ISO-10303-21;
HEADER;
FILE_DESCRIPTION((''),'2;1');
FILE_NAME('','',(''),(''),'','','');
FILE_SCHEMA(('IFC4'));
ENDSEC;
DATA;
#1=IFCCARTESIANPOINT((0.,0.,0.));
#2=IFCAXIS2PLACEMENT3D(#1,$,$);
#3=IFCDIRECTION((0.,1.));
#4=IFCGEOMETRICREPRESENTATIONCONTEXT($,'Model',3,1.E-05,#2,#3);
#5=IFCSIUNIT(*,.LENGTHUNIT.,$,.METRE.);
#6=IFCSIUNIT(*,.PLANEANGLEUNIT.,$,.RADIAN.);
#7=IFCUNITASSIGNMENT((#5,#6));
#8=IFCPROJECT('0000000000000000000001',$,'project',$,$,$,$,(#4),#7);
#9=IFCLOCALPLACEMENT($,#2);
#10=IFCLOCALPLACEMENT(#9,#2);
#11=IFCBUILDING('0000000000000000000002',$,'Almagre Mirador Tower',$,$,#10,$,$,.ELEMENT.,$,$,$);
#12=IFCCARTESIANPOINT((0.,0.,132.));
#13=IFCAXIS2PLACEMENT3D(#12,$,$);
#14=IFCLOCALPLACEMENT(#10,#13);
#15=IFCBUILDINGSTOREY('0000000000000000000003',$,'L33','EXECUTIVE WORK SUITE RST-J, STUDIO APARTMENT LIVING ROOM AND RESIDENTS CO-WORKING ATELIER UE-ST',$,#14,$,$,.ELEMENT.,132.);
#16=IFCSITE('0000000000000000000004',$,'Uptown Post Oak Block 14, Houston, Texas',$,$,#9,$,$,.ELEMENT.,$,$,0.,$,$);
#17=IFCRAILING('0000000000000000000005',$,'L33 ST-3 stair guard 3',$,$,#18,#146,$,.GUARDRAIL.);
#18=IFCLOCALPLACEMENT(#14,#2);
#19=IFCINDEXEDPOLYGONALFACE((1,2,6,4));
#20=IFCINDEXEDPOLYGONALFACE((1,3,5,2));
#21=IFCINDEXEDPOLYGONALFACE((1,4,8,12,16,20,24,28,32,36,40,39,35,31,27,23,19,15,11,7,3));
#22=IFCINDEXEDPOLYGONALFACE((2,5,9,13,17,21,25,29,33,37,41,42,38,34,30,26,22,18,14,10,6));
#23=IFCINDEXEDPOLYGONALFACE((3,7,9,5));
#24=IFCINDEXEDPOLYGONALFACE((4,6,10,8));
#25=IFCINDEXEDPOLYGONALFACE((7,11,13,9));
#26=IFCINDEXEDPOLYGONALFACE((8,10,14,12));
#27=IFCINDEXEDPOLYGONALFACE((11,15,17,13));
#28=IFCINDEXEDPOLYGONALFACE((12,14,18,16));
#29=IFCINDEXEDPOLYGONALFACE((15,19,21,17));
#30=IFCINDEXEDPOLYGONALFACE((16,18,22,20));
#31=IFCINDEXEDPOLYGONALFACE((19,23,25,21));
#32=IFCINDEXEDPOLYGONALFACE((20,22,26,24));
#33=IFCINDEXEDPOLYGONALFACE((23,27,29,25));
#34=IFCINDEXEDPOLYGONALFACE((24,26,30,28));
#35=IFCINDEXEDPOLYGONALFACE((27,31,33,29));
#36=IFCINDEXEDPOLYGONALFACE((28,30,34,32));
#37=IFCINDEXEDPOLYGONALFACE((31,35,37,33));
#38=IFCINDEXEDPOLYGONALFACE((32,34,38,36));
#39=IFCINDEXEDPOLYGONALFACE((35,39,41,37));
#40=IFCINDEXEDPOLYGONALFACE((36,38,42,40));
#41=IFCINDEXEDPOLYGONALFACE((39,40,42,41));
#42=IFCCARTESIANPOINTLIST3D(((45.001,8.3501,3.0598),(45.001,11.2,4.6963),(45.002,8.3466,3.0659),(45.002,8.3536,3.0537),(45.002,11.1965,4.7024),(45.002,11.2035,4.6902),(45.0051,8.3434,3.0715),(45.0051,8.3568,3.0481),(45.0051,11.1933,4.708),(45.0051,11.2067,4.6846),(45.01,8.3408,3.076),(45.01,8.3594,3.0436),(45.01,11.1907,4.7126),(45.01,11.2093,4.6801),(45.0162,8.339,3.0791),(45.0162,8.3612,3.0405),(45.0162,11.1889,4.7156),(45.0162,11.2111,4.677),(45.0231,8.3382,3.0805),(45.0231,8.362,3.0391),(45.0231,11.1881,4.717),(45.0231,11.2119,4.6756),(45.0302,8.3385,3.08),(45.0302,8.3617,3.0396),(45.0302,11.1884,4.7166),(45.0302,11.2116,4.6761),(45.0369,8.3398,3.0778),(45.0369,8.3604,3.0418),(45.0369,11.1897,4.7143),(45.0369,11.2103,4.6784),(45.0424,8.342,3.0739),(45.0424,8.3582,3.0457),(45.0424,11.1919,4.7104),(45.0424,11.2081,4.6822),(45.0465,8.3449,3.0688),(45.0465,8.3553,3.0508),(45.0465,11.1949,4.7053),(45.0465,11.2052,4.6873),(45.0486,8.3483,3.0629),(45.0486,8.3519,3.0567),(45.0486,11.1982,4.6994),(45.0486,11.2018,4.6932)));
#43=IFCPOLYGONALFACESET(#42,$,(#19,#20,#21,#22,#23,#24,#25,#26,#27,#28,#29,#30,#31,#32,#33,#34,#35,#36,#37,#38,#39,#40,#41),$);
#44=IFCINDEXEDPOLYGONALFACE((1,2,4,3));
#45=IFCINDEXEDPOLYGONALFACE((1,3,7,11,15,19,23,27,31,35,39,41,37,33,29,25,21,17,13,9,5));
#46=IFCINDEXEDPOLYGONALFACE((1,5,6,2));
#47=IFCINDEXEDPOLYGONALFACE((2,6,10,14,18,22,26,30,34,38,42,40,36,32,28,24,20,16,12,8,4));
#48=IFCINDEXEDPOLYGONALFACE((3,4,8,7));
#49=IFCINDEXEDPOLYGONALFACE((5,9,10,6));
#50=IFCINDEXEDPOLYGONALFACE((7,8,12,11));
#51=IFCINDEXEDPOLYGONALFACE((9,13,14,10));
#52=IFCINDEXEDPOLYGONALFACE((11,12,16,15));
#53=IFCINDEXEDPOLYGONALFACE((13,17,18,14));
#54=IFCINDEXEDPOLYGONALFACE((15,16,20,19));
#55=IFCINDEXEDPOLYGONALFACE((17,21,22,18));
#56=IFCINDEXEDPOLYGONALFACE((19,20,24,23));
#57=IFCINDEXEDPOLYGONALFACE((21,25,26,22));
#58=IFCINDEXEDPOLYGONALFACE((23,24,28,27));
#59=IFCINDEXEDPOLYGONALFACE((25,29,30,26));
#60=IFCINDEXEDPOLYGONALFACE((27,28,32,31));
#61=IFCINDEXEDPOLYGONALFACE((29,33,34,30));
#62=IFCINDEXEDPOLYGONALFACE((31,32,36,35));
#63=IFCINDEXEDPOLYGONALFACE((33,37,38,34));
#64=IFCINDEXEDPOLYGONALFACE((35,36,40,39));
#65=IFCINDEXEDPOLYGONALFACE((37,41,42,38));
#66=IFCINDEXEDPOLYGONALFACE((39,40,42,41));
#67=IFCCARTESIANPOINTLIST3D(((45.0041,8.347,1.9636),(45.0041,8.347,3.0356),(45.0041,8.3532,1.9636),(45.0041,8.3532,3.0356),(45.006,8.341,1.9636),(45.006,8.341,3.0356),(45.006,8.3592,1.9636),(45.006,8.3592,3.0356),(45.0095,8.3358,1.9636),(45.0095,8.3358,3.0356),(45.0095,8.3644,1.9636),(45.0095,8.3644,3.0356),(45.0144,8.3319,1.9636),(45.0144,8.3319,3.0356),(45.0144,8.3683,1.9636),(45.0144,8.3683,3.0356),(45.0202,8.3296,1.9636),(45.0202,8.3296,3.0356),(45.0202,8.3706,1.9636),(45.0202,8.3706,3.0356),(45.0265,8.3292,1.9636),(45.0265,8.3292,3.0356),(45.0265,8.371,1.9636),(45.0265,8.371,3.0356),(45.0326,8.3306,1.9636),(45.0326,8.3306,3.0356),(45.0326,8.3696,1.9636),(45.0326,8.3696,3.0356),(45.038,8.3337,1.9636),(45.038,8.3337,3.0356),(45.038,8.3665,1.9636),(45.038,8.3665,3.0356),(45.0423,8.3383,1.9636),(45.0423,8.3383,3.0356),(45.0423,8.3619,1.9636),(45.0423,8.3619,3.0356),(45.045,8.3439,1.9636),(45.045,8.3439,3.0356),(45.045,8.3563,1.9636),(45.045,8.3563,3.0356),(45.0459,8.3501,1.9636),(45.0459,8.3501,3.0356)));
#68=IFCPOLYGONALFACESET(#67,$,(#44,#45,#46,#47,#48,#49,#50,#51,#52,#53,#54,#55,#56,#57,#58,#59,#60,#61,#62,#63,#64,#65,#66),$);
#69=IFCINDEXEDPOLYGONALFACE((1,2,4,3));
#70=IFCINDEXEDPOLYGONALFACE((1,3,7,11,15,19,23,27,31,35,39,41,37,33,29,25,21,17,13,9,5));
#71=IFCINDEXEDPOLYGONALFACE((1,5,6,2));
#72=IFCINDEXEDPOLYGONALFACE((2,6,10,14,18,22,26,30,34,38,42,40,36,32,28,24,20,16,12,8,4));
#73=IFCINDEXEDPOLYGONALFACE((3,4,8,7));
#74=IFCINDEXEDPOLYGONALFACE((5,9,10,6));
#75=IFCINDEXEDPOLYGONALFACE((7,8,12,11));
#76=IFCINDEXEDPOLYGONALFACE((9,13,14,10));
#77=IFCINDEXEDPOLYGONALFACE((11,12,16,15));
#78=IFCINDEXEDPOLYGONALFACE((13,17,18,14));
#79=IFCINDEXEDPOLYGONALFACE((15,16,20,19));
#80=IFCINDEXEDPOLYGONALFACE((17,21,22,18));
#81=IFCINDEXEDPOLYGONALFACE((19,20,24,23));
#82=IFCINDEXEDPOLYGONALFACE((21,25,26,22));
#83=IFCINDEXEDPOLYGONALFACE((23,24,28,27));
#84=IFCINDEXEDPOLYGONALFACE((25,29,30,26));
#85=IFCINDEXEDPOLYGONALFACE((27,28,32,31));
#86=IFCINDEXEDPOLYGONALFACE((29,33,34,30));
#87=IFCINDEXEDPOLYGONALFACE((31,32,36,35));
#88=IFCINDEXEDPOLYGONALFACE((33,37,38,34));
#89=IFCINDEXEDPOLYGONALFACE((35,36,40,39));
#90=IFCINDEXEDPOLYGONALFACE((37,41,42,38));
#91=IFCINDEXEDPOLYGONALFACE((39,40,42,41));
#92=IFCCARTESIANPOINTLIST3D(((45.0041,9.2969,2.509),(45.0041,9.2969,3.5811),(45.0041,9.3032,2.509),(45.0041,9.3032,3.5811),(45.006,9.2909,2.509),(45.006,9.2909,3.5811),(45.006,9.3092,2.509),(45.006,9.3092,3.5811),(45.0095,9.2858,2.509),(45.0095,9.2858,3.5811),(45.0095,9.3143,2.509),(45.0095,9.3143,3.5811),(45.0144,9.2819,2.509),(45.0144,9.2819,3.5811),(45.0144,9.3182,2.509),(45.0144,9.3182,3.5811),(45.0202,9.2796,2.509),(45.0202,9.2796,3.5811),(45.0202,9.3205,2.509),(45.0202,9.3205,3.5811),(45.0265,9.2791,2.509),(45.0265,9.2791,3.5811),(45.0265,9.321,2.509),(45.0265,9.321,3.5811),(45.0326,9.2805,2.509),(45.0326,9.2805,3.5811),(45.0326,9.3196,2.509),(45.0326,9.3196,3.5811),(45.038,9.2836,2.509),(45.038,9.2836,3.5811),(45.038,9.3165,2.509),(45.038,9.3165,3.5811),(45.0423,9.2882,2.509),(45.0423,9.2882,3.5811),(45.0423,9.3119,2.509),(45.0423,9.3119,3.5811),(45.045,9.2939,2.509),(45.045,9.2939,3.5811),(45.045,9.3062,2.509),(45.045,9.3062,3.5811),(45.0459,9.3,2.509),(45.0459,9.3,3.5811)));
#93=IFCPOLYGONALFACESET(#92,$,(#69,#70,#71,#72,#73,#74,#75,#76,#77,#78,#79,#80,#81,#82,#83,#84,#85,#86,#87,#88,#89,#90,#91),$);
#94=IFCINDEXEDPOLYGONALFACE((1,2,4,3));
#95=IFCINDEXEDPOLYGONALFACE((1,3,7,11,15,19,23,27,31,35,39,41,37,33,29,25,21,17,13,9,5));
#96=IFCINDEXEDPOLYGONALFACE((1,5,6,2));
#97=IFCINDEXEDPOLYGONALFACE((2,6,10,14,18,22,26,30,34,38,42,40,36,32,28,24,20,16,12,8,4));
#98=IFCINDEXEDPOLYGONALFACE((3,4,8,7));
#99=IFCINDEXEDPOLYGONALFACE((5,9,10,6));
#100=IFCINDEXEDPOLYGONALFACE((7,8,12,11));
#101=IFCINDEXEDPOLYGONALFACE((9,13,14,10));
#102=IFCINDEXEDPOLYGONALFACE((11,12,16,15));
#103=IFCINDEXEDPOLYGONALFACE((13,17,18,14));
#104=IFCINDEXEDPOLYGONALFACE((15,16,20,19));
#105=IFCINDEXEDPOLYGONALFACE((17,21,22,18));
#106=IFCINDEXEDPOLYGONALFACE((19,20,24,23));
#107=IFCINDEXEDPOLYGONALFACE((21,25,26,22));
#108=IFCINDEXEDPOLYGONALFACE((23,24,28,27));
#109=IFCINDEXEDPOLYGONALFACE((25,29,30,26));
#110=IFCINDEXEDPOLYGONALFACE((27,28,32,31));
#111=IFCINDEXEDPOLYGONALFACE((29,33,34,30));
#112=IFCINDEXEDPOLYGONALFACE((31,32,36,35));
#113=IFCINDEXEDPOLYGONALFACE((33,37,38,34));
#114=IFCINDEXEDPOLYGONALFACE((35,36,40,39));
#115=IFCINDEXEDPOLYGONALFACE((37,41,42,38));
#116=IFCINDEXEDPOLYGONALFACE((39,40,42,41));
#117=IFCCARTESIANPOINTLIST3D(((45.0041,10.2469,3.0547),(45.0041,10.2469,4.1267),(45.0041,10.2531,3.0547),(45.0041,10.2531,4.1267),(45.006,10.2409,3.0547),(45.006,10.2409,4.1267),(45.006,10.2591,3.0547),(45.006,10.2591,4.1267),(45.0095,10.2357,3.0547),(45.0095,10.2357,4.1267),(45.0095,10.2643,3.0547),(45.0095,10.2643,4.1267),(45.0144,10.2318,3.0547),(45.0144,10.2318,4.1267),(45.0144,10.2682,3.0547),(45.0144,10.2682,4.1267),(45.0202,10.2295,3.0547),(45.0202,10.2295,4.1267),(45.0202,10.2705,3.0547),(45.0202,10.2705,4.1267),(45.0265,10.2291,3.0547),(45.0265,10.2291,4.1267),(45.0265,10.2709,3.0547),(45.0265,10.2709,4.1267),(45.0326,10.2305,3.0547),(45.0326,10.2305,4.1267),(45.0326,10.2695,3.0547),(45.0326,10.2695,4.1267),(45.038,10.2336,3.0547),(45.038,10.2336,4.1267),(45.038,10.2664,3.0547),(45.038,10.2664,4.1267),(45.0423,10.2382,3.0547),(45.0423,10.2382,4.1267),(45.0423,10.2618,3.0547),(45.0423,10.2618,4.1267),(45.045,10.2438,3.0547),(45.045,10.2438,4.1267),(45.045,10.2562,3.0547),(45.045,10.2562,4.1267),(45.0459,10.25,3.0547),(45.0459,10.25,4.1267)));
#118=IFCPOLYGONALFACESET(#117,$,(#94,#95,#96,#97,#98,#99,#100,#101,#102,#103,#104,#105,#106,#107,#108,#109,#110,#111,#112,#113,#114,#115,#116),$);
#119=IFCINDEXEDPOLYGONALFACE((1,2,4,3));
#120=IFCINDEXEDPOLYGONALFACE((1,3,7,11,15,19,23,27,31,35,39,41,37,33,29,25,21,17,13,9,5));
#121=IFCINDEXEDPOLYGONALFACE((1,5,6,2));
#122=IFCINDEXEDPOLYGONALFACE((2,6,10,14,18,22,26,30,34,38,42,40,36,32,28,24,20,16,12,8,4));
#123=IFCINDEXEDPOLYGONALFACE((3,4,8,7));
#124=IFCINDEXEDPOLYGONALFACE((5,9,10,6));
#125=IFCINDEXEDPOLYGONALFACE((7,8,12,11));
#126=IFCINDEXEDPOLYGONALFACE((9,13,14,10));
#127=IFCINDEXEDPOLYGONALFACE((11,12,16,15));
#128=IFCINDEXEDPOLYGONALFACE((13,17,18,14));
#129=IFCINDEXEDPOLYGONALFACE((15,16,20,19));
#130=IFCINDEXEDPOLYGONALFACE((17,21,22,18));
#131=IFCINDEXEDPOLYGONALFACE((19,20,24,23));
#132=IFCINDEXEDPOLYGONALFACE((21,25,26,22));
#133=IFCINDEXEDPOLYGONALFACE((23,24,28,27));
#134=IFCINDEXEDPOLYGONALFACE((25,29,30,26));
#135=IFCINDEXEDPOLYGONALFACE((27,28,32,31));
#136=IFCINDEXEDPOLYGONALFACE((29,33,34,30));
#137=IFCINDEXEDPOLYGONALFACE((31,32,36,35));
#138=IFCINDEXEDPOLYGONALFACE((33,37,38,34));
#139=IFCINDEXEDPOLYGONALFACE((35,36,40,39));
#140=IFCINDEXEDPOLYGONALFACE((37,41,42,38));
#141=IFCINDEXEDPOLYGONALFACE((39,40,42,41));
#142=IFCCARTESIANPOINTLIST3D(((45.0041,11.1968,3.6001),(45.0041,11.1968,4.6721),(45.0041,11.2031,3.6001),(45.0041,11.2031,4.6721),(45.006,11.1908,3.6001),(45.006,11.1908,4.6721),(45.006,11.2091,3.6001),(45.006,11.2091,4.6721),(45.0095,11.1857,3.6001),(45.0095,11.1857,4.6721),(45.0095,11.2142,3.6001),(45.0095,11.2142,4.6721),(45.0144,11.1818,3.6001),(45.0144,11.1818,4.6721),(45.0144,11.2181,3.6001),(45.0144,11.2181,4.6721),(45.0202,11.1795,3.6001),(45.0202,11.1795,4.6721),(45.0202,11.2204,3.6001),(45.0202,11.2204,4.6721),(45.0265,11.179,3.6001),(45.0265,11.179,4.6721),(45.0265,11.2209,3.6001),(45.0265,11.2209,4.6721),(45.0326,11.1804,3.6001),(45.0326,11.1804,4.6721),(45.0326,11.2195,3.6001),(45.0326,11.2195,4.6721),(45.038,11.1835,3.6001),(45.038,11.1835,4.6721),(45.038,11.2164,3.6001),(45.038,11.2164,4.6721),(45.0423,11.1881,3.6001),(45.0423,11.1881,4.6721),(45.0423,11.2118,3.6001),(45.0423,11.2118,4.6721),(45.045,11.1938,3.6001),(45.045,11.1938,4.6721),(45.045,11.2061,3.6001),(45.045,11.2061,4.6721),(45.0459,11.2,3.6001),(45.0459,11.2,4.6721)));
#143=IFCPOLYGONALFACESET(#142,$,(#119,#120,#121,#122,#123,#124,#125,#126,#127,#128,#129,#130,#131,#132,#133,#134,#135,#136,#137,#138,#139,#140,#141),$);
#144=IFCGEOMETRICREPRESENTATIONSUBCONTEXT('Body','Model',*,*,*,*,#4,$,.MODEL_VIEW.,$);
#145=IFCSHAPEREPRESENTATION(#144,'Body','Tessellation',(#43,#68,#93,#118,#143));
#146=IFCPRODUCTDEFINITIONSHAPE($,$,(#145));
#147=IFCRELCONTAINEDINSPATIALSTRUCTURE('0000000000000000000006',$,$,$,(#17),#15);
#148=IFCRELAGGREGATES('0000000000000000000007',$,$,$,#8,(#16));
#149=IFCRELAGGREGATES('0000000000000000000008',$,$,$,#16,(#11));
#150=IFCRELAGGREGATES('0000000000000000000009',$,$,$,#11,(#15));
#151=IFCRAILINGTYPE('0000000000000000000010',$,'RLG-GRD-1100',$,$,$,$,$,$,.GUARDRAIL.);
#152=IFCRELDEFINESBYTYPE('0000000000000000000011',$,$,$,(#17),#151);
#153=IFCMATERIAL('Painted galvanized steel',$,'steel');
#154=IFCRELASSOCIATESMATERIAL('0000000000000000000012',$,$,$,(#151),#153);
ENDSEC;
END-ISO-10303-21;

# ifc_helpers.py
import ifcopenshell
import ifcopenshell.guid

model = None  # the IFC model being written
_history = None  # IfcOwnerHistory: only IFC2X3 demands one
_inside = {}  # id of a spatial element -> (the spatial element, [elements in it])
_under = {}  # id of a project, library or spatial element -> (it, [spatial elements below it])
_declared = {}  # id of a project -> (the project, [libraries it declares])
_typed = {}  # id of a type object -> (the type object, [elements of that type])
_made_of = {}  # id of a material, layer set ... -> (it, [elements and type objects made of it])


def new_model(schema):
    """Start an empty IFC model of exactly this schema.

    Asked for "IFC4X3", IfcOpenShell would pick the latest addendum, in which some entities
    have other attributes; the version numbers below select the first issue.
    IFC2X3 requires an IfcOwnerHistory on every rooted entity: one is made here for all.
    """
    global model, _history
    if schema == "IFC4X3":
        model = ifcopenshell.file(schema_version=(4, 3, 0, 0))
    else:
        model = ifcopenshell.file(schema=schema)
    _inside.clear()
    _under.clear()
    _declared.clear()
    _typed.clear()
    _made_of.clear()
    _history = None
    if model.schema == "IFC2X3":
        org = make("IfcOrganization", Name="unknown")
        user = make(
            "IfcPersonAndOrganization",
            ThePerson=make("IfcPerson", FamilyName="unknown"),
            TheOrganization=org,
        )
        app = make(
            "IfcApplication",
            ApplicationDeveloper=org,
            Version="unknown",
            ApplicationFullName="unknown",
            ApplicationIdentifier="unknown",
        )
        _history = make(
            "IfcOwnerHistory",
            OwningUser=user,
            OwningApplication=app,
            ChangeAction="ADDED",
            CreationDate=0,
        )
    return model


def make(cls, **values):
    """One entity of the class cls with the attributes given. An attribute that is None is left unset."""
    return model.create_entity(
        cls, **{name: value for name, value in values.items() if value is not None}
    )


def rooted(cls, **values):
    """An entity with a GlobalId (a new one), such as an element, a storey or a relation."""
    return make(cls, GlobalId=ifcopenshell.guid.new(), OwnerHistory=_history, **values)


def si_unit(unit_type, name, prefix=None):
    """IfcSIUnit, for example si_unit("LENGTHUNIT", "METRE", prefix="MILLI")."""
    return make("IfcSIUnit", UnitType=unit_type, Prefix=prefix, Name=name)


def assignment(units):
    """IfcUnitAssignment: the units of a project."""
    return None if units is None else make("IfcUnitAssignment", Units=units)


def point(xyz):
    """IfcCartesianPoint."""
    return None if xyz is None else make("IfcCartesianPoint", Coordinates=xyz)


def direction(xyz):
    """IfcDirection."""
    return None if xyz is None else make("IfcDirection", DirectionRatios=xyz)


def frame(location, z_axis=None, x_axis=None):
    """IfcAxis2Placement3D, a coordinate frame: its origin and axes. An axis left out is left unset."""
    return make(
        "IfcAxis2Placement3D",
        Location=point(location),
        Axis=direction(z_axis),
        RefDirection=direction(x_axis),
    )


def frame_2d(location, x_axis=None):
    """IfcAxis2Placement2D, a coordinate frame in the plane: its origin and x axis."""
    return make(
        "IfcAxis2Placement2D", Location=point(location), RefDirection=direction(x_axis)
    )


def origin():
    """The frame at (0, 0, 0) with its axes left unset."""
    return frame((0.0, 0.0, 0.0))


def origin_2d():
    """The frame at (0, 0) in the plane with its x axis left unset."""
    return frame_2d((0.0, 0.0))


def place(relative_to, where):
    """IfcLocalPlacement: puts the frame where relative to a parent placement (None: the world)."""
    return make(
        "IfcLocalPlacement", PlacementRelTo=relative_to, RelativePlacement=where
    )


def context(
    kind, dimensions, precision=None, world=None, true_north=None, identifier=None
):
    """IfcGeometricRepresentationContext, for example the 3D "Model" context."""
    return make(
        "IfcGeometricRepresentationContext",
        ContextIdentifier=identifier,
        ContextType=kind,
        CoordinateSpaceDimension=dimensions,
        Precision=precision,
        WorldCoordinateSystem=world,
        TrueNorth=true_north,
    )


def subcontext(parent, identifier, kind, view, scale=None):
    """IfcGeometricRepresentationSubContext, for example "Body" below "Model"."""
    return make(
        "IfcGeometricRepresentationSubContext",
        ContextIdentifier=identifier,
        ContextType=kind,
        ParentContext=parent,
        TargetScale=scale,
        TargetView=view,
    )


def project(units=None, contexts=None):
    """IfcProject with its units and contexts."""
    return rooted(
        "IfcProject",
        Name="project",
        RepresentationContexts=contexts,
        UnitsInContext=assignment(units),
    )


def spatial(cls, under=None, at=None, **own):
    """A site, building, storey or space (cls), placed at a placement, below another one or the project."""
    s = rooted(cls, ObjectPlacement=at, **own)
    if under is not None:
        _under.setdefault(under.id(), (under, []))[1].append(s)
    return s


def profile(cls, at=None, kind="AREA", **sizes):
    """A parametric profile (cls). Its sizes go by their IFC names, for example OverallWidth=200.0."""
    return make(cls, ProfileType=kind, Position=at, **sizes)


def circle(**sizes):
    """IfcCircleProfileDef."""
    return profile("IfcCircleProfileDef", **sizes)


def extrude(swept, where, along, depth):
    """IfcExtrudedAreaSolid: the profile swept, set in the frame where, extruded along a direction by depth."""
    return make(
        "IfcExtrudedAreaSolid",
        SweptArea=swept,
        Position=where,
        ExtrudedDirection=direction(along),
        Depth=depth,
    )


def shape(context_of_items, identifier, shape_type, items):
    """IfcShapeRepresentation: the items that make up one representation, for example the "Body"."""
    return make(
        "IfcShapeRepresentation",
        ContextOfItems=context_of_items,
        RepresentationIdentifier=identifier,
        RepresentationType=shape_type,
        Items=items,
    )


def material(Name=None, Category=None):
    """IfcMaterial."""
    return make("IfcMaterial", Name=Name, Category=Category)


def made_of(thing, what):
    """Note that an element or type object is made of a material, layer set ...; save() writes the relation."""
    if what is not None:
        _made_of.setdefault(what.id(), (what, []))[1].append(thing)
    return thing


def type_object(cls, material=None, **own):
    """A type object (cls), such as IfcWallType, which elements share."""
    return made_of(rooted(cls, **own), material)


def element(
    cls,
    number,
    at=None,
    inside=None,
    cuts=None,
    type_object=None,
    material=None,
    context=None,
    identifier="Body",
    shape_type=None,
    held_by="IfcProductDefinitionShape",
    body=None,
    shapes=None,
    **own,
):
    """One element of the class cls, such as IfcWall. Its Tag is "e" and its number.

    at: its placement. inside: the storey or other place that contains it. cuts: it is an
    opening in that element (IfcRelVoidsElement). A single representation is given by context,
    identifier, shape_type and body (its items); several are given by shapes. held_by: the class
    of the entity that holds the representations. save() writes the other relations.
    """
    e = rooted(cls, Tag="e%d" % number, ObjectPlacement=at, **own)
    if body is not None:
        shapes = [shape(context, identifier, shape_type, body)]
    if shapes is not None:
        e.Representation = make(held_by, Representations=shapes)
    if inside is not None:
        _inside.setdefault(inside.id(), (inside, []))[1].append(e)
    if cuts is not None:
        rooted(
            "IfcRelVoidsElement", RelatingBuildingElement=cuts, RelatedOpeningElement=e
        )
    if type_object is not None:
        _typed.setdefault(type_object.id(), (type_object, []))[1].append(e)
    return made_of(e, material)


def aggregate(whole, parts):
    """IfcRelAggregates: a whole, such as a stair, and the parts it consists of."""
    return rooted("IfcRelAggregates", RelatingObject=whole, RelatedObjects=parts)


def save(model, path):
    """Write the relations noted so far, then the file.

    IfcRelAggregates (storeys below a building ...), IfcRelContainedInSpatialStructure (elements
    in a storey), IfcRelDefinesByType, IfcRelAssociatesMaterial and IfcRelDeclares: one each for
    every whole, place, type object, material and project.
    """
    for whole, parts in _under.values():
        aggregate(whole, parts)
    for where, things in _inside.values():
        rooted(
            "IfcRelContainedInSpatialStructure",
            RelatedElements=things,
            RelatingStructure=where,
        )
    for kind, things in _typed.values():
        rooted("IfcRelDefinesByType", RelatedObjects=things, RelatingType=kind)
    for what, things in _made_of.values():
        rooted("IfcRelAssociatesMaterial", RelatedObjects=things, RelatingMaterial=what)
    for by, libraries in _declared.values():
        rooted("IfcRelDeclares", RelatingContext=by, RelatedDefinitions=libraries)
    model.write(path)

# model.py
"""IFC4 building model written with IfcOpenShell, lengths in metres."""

from ifc_helpers import new_model, si_unit, direction, frame, origin, origin_2d, place, context, subcontext, project, spatial, circle, extrude, material, type_object, element, save


model = new_model("IFC4")

# Units and contexts
model_context = context("Model", 3, precision=1e-05, world=origin(), true_north=direction((0.0, 1.0)))
body_context = subcontext(model_context, "Body", "Model", "MODEL_VIEW")
ifc_project = project(units=[si_unit("LENGTHUNIT", "METRE"), si_unit("PLANEANGLEUNIT", "RADIAN")], contexts=[model_context])

# Site, building, storey
site_placement = place(None, origin())
site = spatial("IfcSite", under=ifc_project, at=site_placement, Name="Uptown Post Oak Block 14, Houston, Texas", CompositionType="ELEMENT", RefElevation=0.0)
building_placement = place(site_placement, origin())
building = spatial("IfcBuilding", under=site, at=building_placement, Name="Almagre Mirador Tower", CompositionType="ELEMENT")
storey_placement = place(building_placement, frame((0.0, 0.0, 132.0)))
storey = spatial("IfcBuildingStorey", under=building, at=storey_placement, Name="L33", Description="EXECUTIVE WORK SUITE RST-J, STUDIO APARTMENT LIVING ROOM AND RESIDENTS CO-WORKING ATELIER UE-ST", CompositionType="ELEMENT", Elevation=132.0)

# Railing
ifc_material_1 = material(Name="Painted galvanized steel", Category="steel")
railing_type_1 = type_object("IfcRailingType", Name="RLG-GRD-1100", PredefinedType="GUARDRAIL", material=ifc_material_1)
railing_1_placement = place(storey_placement, frame((45.0249, 8.3501, 1.9636)))
element("IfcRailing", 1, at=railing_1_placement, inside=storey, type_object=railing_type_1, Name="L33 ST-3 stair guard 3", PredefinedType="GUARDRAIL", context=body_context, shape_type="SweptSolid", body=[
    extrude(circle(Radius=0.0239, at=origin_2d()), frame((0.0, 0.0, 1.0962), z_axis=(0.0, 0.867194, 0.49797), x_axis=(-1.0, 0.0, 0.0)), (0.0, 0.0, 1.0), 3.2864),
    extrude(circle(Radius=0.021, at=origin_2d()), origin(), (0.0, 0.0, 1.0), 1.072),
    extrude(circle(Radius=0.021, at=origin_2d()), frame((0.0, 0.95, 0.5454)), (0.0, 0.0, 1.0), 1.072),
    extrude(circle(Radius=0.021, at=origin_2d()), frame((0.0, 1.8999, 1.0911)), (0.0, 0.0, 1.0), 1.072),
    extrude(circle(Radius=0.021, at=origin_2d()), frame((0.0, 2.8499, 1.6365)), (0.0, 0.0, 1.0), 1.072),
])

save(model, "model.ifc")
